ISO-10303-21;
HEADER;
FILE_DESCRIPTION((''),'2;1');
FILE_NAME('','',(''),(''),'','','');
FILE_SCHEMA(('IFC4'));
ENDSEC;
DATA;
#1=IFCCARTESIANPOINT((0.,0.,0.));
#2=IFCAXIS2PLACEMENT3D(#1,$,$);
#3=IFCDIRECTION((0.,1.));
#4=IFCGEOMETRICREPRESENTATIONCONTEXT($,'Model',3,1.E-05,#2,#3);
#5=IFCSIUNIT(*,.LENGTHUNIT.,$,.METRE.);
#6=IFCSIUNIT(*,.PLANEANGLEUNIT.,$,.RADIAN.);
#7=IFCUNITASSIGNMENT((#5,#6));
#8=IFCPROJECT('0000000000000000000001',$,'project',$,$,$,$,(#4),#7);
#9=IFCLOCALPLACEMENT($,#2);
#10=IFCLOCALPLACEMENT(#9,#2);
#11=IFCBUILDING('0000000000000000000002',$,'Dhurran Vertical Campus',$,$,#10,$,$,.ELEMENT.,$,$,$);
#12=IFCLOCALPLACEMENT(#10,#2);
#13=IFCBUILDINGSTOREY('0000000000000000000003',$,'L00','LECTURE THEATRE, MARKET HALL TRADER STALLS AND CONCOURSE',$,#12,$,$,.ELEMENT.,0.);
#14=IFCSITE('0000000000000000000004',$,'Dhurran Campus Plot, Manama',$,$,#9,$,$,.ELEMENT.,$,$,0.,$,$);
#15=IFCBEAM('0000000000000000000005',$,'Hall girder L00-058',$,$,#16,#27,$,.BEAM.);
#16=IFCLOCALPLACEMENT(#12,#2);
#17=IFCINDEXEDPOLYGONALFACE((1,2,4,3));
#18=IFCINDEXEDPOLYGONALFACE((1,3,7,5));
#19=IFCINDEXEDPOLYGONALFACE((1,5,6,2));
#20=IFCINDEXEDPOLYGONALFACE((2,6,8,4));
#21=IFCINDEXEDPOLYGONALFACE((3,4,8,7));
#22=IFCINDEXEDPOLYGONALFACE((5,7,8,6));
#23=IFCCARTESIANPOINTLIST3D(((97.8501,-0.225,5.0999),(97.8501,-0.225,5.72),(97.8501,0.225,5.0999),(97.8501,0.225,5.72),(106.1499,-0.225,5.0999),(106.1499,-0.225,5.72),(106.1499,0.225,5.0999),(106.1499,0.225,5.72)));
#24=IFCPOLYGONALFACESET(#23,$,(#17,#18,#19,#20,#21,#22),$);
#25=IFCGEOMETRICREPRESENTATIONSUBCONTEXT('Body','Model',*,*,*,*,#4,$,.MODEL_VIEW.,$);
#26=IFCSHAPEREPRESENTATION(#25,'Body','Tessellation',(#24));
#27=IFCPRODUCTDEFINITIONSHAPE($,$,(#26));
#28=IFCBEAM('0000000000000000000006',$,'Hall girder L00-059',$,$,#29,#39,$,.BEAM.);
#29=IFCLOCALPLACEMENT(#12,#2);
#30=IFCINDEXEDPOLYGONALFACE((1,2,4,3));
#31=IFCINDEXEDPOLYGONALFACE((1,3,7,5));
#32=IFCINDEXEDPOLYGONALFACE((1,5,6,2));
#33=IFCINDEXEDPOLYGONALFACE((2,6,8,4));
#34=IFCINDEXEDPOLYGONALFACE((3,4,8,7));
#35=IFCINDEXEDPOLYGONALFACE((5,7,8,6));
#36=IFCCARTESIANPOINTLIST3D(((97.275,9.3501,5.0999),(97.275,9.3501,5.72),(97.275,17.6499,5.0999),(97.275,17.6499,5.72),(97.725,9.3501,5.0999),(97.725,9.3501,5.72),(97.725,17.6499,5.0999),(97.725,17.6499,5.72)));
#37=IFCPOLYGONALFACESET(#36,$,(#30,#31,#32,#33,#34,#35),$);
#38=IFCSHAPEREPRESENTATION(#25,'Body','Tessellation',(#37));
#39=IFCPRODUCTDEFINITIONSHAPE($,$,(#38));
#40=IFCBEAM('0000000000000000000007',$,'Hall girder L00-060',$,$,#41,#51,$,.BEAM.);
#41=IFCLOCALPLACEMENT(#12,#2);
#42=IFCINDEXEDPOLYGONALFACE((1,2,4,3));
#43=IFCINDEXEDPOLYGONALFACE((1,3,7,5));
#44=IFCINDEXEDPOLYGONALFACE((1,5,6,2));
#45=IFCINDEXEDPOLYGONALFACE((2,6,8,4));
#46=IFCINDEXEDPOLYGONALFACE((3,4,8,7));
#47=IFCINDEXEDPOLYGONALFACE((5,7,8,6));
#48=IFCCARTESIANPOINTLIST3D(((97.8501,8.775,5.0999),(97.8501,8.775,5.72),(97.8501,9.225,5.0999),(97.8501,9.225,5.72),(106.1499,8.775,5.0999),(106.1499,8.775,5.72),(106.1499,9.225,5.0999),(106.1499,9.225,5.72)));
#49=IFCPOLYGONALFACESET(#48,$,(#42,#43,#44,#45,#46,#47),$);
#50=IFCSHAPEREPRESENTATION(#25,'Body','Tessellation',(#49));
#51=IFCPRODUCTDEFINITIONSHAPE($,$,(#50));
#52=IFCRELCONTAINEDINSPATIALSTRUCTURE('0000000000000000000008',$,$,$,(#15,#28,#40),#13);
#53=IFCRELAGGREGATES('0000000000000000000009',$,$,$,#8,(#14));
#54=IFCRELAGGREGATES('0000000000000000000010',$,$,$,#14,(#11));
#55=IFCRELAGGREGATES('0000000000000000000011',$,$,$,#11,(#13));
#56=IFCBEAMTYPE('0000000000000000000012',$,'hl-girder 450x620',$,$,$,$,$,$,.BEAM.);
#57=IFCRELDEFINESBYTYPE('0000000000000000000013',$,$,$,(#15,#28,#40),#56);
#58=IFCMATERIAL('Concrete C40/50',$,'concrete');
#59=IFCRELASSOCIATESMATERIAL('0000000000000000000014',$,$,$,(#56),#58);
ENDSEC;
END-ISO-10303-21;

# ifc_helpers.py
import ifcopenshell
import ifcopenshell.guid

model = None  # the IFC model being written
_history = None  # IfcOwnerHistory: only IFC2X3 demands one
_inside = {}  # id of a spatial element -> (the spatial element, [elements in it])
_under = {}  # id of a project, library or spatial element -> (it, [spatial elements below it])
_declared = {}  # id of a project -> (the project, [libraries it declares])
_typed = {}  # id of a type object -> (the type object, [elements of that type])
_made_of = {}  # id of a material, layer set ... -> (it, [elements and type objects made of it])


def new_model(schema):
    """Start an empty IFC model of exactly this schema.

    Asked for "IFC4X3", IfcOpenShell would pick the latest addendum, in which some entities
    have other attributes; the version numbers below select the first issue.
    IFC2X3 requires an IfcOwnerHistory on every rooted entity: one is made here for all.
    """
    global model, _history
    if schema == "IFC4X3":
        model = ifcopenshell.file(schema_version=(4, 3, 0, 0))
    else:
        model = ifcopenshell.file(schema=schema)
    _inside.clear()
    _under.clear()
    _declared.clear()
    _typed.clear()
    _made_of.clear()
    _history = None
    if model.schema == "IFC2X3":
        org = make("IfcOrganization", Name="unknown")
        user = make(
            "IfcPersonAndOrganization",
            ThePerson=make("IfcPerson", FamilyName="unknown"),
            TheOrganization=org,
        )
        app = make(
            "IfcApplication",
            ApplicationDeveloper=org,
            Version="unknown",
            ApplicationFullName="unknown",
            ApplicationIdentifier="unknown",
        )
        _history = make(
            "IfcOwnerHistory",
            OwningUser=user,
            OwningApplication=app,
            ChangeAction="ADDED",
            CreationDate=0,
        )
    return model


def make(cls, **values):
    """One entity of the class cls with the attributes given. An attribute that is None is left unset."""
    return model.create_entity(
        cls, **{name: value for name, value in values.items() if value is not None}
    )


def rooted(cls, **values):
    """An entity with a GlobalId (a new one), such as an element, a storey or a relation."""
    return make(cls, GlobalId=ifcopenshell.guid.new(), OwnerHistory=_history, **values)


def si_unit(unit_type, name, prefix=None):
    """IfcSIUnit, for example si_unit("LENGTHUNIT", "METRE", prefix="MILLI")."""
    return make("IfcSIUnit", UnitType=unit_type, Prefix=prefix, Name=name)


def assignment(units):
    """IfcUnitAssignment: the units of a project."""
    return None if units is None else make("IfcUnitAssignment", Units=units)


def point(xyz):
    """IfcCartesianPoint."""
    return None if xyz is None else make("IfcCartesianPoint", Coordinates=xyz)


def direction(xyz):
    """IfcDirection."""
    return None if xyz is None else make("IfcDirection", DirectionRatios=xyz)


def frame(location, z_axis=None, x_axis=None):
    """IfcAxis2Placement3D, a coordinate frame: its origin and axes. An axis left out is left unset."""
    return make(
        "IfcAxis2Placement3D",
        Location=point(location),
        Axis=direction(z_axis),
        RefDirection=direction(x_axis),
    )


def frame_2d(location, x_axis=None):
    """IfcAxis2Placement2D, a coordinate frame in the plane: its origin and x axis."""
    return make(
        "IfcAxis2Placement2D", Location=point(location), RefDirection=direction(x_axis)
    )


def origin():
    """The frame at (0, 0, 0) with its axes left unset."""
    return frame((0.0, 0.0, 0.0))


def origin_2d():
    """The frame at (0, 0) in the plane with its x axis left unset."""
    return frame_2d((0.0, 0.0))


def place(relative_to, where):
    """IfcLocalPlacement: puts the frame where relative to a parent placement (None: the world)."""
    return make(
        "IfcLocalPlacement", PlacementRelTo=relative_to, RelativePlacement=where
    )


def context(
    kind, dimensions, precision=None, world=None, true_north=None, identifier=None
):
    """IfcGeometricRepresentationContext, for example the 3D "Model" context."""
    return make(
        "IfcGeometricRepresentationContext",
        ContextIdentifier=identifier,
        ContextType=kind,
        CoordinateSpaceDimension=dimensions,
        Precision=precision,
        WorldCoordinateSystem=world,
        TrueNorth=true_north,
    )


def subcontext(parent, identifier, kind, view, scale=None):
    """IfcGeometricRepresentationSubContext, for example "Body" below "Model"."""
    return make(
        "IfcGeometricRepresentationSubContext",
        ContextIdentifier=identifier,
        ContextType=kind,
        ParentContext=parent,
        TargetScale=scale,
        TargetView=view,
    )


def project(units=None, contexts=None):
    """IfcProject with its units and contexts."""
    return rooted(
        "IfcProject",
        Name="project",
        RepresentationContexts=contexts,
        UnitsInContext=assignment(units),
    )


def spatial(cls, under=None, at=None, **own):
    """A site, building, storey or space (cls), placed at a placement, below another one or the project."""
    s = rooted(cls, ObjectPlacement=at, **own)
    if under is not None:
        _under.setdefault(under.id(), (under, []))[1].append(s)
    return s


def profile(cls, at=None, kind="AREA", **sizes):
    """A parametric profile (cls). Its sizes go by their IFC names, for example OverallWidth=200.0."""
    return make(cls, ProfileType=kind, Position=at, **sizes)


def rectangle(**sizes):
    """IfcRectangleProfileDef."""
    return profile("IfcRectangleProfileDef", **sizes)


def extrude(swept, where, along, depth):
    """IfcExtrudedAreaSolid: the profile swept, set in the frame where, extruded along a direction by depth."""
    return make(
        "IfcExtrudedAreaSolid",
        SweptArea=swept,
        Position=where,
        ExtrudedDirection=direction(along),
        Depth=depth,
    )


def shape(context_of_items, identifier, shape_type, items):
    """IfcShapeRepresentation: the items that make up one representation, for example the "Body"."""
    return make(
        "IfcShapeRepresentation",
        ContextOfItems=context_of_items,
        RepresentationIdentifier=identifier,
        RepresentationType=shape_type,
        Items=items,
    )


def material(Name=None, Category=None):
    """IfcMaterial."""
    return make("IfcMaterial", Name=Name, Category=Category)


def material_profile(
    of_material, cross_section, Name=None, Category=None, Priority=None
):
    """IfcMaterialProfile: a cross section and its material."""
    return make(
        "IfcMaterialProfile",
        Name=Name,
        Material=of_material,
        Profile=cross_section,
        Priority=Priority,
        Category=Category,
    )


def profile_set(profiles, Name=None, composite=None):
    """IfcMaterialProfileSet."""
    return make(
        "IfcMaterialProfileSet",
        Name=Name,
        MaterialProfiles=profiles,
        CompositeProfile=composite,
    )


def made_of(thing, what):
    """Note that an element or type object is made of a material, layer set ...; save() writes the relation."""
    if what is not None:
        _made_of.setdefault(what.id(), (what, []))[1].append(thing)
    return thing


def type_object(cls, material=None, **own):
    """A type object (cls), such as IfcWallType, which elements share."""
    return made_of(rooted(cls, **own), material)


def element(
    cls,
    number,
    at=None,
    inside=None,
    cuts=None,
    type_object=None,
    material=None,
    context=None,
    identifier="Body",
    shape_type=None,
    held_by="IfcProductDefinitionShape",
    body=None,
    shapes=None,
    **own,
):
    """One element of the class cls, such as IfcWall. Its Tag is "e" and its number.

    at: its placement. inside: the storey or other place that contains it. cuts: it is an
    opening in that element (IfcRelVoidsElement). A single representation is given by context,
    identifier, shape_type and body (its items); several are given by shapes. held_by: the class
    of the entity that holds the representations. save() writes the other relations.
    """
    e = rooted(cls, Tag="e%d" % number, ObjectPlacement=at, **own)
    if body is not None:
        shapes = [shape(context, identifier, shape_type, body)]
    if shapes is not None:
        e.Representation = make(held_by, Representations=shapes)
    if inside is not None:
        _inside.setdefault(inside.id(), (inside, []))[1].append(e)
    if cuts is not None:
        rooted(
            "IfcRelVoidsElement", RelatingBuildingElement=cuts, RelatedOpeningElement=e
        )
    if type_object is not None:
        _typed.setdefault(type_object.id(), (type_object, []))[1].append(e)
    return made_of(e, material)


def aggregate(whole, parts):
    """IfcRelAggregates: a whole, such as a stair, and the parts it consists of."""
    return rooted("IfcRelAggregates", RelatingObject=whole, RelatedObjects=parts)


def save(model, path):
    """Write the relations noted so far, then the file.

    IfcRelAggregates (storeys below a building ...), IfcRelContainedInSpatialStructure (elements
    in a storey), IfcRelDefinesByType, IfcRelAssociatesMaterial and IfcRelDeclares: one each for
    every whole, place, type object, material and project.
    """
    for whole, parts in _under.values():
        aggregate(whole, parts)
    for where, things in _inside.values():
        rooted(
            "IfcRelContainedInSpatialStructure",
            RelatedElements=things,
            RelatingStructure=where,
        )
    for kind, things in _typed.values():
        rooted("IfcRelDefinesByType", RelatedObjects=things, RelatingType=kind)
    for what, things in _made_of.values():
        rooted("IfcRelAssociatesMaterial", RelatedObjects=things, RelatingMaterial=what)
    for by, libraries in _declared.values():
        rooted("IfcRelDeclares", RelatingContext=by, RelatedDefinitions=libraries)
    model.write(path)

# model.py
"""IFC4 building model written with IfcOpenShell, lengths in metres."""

from ifc_helpers import new_model, si_unit, direction, frame, origin, origin_2d, place, context, subcontext, project, spatial, rectangle, extrude, material, material_profile, profile_set, type_object, element, save


model = new_model("IFC4")

# Units and contexts
model_context = context("Model", 3, precision=1e-05, world=origin(), true_north=direction((0.0, 1.0)))
body_context = subcontext(model_context, "Body", "Model", "MODEL_VIEW")
ifc_project = project(units=[si_unit("LENGTHUNIT", "METRE"), si_unit("PLANEANGLEUNIT", "RADIAN")], contexts=[model_context])

# Site, building, storey
site_placement = place(None, origin())
site = spatial("IfcSite", under=ifc_project, at=site_placement, Name="Dhurran Campus Plot, Manama", CompositionType="ELEMENT", RefElevation=0.0)
building_placement = place(site_placement, origin())
building = spatial("IfcBuilding", under=site, at=building_placement, Name="Dhurran Vertical Campus", CompositionType="ELEMENT")
storey_placement = place(building_placement, origin())
storey = spatial("IfcBuildingStorey", under=building, at=storey_placement, Name="L00", Description="LECTURE THEATRE, MARKET HALL TRADER STALLS AND CONCOURSE", CompositionType="ELEMENT", Elevation=0.0)

# Beams
ifc_material_1 = material(Name="Concrete C40/50", Category="concrete")
ifc_material_profile_1 = material_profile(ifc_material_1, rectangle(XDim=0.45, YDim=0.6201, at=origin_2d()), Name="hl-girder 450x620")
ifc_profile_set_1 = profile_set([ifc_material_profile_1], Name="Concrete C40/50")
beam_type = type_object("IfcBeamType", Name="hl-girder 450x620", PredefinedType="BEAM", material=ifc_profile_set_1)
for number, where, z_axis, x_axis, name in (
    (1, (97.8501, 0.0, 5.4099), (1.0, 0.0, 0.0), (0.0, 1.0, 0.0), "Hall girder L00-058"),
    (2, (97.5, 9.3501, 5.4099), (0.0, 1.0, 0.0), (-1.0, 0.0, 0.0), "Hall girder L00-059"),
    (3, (97.8501, 9.0, 5.4099), (1.0, 0.0, 0.0), (0.0, 1.0, 0.0), "Hall girder L00-060"),
):
    element("IfcBeam", number, at=place(storey_placement, frame(where, z_axis=z_axis, x_axis=x_axis)), inside=storey, type_object=beam_type, Name=name, PredefinedType="BEAM", context=body_context, shape_type="SweptSolid", body=[
        extrude(rectangle(XDim=0.45, YDim=0.6201, at=origin_2d()), origin(), (0.0, 0.0, 1.0), 8.2998),
    ])

save(model, "model.ifc")
